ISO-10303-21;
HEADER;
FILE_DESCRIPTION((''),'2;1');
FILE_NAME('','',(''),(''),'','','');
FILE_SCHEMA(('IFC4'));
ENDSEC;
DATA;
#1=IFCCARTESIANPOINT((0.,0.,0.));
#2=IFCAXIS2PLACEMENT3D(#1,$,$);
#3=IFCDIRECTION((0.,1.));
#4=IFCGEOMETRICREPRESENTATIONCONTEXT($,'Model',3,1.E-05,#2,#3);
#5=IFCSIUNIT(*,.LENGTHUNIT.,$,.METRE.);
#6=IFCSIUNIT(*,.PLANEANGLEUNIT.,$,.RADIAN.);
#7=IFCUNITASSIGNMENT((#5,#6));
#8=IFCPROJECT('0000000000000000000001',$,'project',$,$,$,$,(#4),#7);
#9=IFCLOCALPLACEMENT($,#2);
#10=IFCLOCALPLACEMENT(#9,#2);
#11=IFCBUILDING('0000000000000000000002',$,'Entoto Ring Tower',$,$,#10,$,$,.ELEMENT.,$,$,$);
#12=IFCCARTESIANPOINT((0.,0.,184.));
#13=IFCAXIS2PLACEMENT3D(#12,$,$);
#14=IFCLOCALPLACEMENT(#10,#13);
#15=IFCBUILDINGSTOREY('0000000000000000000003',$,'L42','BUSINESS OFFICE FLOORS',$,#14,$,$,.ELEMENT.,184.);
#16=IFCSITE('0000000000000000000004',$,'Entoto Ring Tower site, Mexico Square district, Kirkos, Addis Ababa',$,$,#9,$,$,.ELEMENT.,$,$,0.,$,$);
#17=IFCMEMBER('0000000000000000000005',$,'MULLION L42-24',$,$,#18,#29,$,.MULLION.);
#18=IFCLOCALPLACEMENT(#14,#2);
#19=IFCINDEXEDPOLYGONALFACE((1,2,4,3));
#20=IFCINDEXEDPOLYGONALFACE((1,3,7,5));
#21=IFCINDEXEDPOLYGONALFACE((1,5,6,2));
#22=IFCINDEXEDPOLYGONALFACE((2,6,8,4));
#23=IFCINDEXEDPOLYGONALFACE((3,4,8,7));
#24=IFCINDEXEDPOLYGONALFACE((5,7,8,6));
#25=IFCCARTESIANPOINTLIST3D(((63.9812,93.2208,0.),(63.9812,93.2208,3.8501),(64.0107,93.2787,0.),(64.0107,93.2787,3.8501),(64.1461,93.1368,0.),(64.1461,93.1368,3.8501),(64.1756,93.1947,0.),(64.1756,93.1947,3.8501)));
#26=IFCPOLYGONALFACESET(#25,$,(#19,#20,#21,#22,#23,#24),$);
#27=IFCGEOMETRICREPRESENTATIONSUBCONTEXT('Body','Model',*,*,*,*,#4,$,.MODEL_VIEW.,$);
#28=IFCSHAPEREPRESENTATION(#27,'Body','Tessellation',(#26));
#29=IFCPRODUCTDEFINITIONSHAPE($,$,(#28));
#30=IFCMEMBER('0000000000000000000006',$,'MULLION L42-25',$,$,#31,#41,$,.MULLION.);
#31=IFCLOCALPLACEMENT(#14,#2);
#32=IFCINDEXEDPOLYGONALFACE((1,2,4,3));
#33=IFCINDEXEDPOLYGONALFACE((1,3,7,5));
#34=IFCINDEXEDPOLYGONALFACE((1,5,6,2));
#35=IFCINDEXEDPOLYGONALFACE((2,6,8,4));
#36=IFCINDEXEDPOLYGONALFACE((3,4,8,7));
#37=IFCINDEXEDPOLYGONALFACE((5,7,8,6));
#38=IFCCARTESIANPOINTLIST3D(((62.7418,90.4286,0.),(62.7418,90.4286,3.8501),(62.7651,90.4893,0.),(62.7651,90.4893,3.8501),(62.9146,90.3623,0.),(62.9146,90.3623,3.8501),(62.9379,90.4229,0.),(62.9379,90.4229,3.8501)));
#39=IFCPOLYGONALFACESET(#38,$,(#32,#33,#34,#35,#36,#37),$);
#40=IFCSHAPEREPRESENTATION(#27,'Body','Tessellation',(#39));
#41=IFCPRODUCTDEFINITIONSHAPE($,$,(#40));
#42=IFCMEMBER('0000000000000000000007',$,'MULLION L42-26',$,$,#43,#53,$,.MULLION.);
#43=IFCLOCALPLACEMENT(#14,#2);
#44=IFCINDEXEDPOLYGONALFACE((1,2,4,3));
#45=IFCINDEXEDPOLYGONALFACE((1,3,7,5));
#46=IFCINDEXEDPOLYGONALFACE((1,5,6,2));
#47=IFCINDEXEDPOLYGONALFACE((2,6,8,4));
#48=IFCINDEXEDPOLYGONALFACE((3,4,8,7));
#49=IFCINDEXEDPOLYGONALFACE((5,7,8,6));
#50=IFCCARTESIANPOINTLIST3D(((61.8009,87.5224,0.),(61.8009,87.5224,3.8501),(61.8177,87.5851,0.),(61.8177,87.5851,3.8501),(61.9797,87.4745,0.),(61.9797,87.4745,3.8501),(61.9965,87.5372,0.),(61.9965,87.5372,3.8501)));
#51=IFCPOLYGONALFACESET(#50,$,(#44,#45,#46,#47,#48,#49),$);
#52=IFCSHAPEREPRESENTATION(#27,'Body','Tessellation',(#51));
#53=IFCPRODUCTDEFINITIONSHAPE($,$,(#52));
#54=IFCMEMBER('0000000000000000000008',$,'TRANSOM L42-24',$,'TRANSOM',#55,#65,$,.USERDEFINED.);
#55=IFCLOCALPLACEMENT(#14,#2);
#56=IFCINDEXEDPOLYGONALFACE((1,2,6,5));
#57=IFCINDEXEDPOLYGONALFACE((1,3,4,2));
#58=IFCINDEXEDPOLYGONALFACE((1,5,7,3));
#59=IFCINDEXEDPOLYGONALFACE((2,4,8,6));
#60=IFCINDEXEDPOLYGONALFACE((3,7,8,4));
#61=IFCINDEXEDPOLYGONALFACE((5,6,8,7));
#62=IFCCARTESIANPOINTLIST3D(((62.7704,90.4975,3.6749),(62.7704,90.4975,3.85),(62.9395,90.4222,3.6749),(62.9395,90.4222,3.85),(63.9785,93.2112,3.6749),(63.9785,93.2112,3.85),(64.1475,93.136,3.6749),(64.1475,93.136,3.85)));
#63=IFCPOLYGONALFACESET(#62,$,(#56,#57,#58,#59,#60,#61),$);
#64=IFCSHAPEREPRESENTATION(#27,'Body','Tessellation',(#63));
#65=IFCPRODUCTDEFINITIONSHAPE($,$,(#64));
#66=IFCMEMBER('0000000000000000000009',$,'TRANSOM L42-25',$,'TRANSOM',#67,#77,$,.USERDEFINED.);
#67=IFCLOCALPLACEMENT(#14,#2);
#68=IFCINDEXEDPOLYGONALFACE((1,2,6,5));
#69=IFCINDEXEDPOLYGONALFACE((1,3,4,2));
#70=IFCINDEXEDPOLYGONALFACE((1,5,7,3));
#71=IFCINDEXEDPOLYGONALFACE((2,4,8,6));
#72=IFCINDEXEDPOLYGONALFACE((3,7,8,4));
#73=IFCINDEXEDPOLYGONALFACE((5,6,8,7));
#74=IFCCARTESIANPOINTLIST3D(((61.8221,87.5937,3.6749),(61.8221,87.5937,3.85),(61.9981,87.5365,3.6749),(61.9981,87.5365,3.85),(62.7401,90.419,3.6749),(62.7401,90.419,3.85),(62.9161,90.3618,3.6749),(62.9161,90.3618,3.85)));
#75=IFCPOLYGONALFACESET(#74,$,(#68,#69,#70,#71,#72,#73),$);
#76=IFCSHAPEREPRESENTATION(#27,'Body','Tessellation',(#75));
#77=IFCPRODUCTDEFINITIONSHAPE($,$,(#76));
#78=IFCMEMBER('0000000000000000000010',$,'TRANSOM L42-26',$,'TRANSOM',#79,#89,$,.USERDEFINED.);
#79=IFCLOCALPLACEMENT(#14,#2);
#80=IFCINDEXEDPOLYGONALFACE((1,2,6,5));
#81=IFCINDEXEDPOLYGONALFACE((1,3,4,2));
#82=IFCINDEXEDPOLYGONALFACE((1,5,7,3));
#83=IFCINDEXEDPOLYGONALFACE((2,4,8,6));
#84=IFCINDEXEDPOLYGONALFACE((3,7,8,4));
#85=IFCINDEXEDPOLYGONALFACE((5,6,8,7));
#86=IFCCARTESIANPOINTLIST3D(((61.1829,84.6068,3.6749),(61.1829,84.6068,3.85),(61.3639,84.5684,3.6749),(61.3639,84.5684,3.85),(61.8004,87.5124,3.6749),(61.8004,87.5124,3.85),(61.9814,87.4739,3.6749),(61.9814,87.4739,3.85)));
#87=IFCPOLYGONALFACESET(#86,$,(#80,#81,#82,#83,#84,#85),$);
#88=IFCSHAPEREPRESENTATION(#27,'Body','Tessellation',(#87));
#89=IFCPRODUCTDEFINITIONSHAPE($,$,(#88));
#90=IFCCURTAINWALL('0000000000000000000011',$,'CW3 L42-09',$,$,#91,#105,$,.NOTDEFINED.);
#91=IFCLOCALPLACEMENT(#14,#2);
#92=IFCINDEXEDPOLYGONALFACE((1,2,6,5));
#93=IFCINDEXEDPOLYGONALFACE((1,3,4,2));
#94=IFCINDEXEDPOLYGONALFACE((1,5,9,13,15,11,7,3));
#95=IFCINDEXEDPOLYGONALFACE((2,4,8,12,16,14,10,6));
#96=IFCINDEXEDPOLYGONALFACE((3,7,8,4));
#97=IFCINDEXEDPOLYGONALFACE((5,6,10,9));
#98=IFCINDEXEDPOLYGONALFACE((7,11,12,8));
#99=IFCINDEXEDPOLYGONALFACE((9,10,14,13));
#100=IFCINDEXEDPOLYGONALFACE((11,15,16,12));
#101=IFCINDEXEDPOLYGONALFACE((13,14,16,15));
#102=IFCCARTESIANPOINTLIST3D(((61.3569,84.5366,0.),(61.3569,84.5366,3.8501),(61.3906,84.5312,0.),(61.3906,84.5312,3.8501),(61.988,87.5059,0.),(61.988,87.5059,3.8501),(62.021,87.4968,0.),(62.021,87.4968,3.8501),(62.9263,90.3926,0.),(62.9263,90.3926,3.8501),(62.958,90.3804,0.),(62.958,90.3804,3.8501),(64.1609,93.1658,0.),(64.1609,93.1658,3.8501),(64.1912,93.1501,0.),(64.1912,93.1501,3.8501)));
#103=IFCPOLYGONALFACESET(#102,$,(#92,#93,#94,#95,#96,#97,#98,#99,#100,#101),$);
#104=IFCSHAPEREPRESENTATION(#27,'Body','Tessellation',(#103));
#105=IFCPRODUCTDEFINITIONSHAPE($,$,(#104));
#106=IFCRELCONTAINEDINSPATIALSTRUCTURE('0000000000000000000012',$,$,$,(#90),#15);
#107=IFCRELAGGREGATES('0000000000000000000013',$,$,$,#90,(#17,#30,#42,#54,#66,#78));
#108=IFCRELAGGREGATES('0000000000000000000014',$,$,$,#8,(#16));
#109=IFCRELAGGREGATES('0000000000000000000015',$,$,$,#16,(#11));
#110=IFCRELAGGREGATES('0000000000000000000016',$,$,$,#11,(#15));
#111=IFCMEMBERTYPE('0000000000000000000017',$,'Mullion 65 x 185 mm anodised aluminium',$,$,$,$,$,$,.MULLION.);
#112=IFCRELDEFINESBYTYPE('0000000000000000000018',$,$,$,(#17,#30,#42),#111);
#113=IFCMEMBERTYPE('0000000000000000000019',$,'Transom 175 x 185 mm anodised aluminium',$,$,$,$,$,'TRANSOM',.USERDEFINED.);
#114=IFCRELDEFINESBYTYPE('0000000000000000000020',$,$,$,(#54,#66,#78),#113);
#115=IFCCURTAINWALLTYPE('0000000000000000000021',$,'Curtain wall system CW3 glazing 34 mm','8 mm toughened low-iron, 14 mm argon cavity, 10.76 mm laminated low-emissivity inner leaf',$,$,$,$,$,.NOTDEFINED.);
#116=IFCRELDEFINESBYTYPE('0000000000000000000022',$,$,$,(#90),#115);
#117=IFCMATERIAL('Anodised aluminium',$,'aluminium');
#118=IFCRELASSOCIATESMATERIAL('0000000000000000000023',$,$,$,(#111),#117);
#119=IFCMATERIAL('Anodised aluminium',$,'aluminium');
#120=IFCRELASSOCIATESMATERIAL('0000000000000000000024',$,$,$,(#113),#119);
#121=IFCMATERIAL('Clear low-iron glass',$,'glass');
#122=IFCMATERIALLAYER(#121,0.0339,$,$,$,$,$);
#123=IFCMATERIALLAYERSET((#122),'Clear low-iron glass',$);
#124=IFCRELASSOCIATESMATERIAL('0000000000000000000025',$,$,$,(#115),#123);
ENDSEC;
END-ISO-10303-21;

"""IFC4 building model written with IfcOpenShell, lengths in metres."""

from ifc_helpers import new_model, si_unit, direction, frame, origin, origin_2d, place, context, subcontext, project, spatial, polyline, rectangle, outline, extrude, material, layer, layer_set, material_profile, profile_set, type_object, element, aggregate, save


model = new_model("IFC4")

# Units and contexts
model_context = context("Model", 3, precision=1e-05, world=origin(), true_north=direction((0.0, 1.0)))
body_context = subcontext(model_context, "Body", "Model", "MODEL_VIEW")
ifc_project = project(units=[si_unit("LENGTHUNIT", "METRE"), si_unit("PLANEANGLEUNIT", "RADIAN")], contexts=[model_context])

# Members
ifc_material_1 = material(Name="Anodised aluminium", Category="aluminium")
ifc_material_profile_1 = material_profile(ifc_material_1, rectangle(XDim=0.0649, YDim=0.1851, at=origin_2d()), Name="Mullion 65 x 185 mm anodised aluminium")
ifc_profile_set_1 = profile_set([ifc_material_profile_1], Name="Anodised aluminium")
member_type_1 = type_object("IfcMemberType", Name="Mullion 65 x 185 mm anodised aluminium", PredefinedType="MULLION", material=ifc_profile_set_1)
site_placement = place(None, origin())
building_placement = place(site_placement, origin())
storey_placement = place(building_placement, frame((0.0, 0.0, 184.0)))
member_1_placement = place(storey_placement, frame((64.0784, 93.2078, 0.0), z_axis=(0.0, 0.0, 1.0), x_axis=(-0.45399, -0.891007, 0.0)))
member_1 = element("IfcMember", 1, at=member_1_placement, type_object=member_type_1, Name="MULLION L42-24", PredefinedType="MULLION", context=body_context, shape_type="SweptSolid", body=[
    extrude(rectangle(XDim=0.0649, YDim=0.1851, at=origin_2d()), origin(), (0.0, 0.0, 1.0), 3.8501),
])
member_2_placement = place(storey_placement, frame((62.8398, 90.4258, 0.0), z_axis=(0.0, 0.0, 1.0), x_axis=(-0.358368, -0.93358, 0.0)))
member_2 = element("IfcMember", 2, at=member_2_placement, type_object=member_type_1, Name="MULLION L42-25", PredefinedType="MULLION", context=body_context, shape_type="SweptSolid", body=[
    extrude(rectangle(XDim=0.0649, YDim=0.1851, at=origin_2d()), origin(), (0.0, 0.0, 1.0), 3.8501),
])
member_3_placement = place(storey_placement, frame((61.8987, 87.5298, 0.0), z_axis=(0.0, 0.0, 1.0), x_axis=(-0.258819, -0.965926, 0.0)))
member_3 = element("IfcMember", 3, at=member_3_placement, type_object=member_type_1, Name="MULLION L42-26", PredefinedType="MULLION", context=body_context, shape_type="SweptSolid", body=[
    extrude(rectangle(XDim=0.0649, YDim=0.1851, at=origin_2d()), origin(), (0.0, 0.0, 1.0), 3.8501),
])
ifc_material_2 = material(Name="Anodised aluminium", Category="aluminium")
ifc_material_profile_2 = material_profile(ifc_material_2, rectangle(XDim=0.1851, YDim=0.175, at=origin_2d()), Name="Transom 175 x 185 mm anodised aluminium")
ifc_profile_set_2 = profile_set([ifc_material_profile_2], Name="Anodised aluminium")
member_type_2 = type_object("IfcMemberType", Name="Transom 175 x 185 mm anodised aluminium", ElementType="TRANSOM", PredefinedType="USERDEFINED", material=ifc_profile_set_2)
member_4_placement = place(storey_placement, frame((64.063, 93.1736, 3.7625), z_axis=(-0.406687, -0.913567, 0.0), x_axis=(0.913567, -0.406687, 0.0)))
member_4 = element("IfcMember", 4, at=member_4_placement, type_object=member_type_2, Name="TRANSOM L42-24", ObjectType="TRANSOM", PredefinedType="USERDEFINED", context=body_context, shape_type="SweptSolid", body=[
    extrude(rectangle(XDim=0.1851, YDim=0.175, at=origin_2d()), origin(), (0.0, 0.0, 1.0), 2.9705),
])
member_5_placement = place(storey_placement, frame((62.8281, 90.3904, 3.7625), z_axis=(-0.309019, -0.951056, 0.0), x_axis=(0.951056, -0.309019, 0.0)))
member_5 = element("IfcMember", 5, at=member_5_placement, type_object=member_type_2, Name="TRANSOM L42-25", ObjectType="TRANSOM", PredefinedType="USERDEFINED", context=body_context, shape_type="SweptSolid", body=[
    extrude(rectangle(XDim=0.1851, YDim=0.175, at=origin_2d()), origin(), (0.0, 0.0, 1.0), 2.9707),
])
member_6_placement = place(storey_placement, frame((61.8909, 87.4932, 3.7625), z_axis=(-0.207862, -0.978158, 0.0), x_axis=(0.978158, -0.207862, 0.0)))
member_6 = element("IfcMember", 6, at=member_6_placement, type_object=member_type_2, Name="TRANSOM L42-26", ObjectType="TRANSOM", PredefinedType="USERDEFINED", context=body_context, shape_type="SweptSolid", body=[
    extrude(rectangle(XDim=0.1851, YDim=0.175, at=origin_2d()), origin(), (0.0, 0.0, 1.0), 2.9705),
])

# Site, building, storey
site = spatial("IfcSite", under=ifc_project, at=site_placement, Name="Entoto Ring Tower site, Mexico Square district, Kirkos, Addis Ababa", CompositionType="ELEMENT", RefElevation=0.0)
building = spatial("IfcBuilding", under=site, at=building_placement, Name="Entoto Ring Tower", CompositionType="ELEMENT")
storey = spatial("IfcBuildingStorey", under=building, at=storey_placement, Name="L42", Description="BUSINESS OFFICE FLOORS", CompositionType="ELEMENT", Elevation=184.0)

# Curtain wall
ifc_material_3 = material(Name="Clear low-iron glass", Category="glass")
ifc_layer = layer(ifc_material_3, 0.0339)
ifc_layer_set = layer_set([ifc_layer], Name="Clear low-iron glass")
curtain_wall_type = type_object("IfcCurtainWallType", Name="Curtain wall system CW3 glazing 34 mm", Description="8 mm toughened low-iron, 14 mm argon cavity, 10.76 mm laminated low-emissivity inner leaf", PredefinedType="NOTDEFINED", material=ifc_layer_set)
curtain_wall_1_placement = place(storey_placement, origin())
curtain_wall_1 = element("IfcCurtainWall", 7, at=curtain_wall_1_placement, inside=storey, type_object=curtain_wall_type, Name="CW3 L42-09", PredefinedType="NOTDEFINED", context=body_context, shape_type="SweptSolid", body=[
    extrude(outline(polyline([(64.1609, 93.1658), (62.9263, 90.3926), (61.988, 87.5059), (61.3569, 84.5366), (61.3906, 84.5312), (62.021, 87.4968), (62.958, 90.3804), (64.1912, 93.1501), (64.1609, 93.1658)])), origin(), (0.0, 0.0, 1.0), 3.8501),
])
aggregate(curtain_wall_1, [member_1, member_2, member_3, member_4, member_5, member_6])

save(model, "model.ifc")
